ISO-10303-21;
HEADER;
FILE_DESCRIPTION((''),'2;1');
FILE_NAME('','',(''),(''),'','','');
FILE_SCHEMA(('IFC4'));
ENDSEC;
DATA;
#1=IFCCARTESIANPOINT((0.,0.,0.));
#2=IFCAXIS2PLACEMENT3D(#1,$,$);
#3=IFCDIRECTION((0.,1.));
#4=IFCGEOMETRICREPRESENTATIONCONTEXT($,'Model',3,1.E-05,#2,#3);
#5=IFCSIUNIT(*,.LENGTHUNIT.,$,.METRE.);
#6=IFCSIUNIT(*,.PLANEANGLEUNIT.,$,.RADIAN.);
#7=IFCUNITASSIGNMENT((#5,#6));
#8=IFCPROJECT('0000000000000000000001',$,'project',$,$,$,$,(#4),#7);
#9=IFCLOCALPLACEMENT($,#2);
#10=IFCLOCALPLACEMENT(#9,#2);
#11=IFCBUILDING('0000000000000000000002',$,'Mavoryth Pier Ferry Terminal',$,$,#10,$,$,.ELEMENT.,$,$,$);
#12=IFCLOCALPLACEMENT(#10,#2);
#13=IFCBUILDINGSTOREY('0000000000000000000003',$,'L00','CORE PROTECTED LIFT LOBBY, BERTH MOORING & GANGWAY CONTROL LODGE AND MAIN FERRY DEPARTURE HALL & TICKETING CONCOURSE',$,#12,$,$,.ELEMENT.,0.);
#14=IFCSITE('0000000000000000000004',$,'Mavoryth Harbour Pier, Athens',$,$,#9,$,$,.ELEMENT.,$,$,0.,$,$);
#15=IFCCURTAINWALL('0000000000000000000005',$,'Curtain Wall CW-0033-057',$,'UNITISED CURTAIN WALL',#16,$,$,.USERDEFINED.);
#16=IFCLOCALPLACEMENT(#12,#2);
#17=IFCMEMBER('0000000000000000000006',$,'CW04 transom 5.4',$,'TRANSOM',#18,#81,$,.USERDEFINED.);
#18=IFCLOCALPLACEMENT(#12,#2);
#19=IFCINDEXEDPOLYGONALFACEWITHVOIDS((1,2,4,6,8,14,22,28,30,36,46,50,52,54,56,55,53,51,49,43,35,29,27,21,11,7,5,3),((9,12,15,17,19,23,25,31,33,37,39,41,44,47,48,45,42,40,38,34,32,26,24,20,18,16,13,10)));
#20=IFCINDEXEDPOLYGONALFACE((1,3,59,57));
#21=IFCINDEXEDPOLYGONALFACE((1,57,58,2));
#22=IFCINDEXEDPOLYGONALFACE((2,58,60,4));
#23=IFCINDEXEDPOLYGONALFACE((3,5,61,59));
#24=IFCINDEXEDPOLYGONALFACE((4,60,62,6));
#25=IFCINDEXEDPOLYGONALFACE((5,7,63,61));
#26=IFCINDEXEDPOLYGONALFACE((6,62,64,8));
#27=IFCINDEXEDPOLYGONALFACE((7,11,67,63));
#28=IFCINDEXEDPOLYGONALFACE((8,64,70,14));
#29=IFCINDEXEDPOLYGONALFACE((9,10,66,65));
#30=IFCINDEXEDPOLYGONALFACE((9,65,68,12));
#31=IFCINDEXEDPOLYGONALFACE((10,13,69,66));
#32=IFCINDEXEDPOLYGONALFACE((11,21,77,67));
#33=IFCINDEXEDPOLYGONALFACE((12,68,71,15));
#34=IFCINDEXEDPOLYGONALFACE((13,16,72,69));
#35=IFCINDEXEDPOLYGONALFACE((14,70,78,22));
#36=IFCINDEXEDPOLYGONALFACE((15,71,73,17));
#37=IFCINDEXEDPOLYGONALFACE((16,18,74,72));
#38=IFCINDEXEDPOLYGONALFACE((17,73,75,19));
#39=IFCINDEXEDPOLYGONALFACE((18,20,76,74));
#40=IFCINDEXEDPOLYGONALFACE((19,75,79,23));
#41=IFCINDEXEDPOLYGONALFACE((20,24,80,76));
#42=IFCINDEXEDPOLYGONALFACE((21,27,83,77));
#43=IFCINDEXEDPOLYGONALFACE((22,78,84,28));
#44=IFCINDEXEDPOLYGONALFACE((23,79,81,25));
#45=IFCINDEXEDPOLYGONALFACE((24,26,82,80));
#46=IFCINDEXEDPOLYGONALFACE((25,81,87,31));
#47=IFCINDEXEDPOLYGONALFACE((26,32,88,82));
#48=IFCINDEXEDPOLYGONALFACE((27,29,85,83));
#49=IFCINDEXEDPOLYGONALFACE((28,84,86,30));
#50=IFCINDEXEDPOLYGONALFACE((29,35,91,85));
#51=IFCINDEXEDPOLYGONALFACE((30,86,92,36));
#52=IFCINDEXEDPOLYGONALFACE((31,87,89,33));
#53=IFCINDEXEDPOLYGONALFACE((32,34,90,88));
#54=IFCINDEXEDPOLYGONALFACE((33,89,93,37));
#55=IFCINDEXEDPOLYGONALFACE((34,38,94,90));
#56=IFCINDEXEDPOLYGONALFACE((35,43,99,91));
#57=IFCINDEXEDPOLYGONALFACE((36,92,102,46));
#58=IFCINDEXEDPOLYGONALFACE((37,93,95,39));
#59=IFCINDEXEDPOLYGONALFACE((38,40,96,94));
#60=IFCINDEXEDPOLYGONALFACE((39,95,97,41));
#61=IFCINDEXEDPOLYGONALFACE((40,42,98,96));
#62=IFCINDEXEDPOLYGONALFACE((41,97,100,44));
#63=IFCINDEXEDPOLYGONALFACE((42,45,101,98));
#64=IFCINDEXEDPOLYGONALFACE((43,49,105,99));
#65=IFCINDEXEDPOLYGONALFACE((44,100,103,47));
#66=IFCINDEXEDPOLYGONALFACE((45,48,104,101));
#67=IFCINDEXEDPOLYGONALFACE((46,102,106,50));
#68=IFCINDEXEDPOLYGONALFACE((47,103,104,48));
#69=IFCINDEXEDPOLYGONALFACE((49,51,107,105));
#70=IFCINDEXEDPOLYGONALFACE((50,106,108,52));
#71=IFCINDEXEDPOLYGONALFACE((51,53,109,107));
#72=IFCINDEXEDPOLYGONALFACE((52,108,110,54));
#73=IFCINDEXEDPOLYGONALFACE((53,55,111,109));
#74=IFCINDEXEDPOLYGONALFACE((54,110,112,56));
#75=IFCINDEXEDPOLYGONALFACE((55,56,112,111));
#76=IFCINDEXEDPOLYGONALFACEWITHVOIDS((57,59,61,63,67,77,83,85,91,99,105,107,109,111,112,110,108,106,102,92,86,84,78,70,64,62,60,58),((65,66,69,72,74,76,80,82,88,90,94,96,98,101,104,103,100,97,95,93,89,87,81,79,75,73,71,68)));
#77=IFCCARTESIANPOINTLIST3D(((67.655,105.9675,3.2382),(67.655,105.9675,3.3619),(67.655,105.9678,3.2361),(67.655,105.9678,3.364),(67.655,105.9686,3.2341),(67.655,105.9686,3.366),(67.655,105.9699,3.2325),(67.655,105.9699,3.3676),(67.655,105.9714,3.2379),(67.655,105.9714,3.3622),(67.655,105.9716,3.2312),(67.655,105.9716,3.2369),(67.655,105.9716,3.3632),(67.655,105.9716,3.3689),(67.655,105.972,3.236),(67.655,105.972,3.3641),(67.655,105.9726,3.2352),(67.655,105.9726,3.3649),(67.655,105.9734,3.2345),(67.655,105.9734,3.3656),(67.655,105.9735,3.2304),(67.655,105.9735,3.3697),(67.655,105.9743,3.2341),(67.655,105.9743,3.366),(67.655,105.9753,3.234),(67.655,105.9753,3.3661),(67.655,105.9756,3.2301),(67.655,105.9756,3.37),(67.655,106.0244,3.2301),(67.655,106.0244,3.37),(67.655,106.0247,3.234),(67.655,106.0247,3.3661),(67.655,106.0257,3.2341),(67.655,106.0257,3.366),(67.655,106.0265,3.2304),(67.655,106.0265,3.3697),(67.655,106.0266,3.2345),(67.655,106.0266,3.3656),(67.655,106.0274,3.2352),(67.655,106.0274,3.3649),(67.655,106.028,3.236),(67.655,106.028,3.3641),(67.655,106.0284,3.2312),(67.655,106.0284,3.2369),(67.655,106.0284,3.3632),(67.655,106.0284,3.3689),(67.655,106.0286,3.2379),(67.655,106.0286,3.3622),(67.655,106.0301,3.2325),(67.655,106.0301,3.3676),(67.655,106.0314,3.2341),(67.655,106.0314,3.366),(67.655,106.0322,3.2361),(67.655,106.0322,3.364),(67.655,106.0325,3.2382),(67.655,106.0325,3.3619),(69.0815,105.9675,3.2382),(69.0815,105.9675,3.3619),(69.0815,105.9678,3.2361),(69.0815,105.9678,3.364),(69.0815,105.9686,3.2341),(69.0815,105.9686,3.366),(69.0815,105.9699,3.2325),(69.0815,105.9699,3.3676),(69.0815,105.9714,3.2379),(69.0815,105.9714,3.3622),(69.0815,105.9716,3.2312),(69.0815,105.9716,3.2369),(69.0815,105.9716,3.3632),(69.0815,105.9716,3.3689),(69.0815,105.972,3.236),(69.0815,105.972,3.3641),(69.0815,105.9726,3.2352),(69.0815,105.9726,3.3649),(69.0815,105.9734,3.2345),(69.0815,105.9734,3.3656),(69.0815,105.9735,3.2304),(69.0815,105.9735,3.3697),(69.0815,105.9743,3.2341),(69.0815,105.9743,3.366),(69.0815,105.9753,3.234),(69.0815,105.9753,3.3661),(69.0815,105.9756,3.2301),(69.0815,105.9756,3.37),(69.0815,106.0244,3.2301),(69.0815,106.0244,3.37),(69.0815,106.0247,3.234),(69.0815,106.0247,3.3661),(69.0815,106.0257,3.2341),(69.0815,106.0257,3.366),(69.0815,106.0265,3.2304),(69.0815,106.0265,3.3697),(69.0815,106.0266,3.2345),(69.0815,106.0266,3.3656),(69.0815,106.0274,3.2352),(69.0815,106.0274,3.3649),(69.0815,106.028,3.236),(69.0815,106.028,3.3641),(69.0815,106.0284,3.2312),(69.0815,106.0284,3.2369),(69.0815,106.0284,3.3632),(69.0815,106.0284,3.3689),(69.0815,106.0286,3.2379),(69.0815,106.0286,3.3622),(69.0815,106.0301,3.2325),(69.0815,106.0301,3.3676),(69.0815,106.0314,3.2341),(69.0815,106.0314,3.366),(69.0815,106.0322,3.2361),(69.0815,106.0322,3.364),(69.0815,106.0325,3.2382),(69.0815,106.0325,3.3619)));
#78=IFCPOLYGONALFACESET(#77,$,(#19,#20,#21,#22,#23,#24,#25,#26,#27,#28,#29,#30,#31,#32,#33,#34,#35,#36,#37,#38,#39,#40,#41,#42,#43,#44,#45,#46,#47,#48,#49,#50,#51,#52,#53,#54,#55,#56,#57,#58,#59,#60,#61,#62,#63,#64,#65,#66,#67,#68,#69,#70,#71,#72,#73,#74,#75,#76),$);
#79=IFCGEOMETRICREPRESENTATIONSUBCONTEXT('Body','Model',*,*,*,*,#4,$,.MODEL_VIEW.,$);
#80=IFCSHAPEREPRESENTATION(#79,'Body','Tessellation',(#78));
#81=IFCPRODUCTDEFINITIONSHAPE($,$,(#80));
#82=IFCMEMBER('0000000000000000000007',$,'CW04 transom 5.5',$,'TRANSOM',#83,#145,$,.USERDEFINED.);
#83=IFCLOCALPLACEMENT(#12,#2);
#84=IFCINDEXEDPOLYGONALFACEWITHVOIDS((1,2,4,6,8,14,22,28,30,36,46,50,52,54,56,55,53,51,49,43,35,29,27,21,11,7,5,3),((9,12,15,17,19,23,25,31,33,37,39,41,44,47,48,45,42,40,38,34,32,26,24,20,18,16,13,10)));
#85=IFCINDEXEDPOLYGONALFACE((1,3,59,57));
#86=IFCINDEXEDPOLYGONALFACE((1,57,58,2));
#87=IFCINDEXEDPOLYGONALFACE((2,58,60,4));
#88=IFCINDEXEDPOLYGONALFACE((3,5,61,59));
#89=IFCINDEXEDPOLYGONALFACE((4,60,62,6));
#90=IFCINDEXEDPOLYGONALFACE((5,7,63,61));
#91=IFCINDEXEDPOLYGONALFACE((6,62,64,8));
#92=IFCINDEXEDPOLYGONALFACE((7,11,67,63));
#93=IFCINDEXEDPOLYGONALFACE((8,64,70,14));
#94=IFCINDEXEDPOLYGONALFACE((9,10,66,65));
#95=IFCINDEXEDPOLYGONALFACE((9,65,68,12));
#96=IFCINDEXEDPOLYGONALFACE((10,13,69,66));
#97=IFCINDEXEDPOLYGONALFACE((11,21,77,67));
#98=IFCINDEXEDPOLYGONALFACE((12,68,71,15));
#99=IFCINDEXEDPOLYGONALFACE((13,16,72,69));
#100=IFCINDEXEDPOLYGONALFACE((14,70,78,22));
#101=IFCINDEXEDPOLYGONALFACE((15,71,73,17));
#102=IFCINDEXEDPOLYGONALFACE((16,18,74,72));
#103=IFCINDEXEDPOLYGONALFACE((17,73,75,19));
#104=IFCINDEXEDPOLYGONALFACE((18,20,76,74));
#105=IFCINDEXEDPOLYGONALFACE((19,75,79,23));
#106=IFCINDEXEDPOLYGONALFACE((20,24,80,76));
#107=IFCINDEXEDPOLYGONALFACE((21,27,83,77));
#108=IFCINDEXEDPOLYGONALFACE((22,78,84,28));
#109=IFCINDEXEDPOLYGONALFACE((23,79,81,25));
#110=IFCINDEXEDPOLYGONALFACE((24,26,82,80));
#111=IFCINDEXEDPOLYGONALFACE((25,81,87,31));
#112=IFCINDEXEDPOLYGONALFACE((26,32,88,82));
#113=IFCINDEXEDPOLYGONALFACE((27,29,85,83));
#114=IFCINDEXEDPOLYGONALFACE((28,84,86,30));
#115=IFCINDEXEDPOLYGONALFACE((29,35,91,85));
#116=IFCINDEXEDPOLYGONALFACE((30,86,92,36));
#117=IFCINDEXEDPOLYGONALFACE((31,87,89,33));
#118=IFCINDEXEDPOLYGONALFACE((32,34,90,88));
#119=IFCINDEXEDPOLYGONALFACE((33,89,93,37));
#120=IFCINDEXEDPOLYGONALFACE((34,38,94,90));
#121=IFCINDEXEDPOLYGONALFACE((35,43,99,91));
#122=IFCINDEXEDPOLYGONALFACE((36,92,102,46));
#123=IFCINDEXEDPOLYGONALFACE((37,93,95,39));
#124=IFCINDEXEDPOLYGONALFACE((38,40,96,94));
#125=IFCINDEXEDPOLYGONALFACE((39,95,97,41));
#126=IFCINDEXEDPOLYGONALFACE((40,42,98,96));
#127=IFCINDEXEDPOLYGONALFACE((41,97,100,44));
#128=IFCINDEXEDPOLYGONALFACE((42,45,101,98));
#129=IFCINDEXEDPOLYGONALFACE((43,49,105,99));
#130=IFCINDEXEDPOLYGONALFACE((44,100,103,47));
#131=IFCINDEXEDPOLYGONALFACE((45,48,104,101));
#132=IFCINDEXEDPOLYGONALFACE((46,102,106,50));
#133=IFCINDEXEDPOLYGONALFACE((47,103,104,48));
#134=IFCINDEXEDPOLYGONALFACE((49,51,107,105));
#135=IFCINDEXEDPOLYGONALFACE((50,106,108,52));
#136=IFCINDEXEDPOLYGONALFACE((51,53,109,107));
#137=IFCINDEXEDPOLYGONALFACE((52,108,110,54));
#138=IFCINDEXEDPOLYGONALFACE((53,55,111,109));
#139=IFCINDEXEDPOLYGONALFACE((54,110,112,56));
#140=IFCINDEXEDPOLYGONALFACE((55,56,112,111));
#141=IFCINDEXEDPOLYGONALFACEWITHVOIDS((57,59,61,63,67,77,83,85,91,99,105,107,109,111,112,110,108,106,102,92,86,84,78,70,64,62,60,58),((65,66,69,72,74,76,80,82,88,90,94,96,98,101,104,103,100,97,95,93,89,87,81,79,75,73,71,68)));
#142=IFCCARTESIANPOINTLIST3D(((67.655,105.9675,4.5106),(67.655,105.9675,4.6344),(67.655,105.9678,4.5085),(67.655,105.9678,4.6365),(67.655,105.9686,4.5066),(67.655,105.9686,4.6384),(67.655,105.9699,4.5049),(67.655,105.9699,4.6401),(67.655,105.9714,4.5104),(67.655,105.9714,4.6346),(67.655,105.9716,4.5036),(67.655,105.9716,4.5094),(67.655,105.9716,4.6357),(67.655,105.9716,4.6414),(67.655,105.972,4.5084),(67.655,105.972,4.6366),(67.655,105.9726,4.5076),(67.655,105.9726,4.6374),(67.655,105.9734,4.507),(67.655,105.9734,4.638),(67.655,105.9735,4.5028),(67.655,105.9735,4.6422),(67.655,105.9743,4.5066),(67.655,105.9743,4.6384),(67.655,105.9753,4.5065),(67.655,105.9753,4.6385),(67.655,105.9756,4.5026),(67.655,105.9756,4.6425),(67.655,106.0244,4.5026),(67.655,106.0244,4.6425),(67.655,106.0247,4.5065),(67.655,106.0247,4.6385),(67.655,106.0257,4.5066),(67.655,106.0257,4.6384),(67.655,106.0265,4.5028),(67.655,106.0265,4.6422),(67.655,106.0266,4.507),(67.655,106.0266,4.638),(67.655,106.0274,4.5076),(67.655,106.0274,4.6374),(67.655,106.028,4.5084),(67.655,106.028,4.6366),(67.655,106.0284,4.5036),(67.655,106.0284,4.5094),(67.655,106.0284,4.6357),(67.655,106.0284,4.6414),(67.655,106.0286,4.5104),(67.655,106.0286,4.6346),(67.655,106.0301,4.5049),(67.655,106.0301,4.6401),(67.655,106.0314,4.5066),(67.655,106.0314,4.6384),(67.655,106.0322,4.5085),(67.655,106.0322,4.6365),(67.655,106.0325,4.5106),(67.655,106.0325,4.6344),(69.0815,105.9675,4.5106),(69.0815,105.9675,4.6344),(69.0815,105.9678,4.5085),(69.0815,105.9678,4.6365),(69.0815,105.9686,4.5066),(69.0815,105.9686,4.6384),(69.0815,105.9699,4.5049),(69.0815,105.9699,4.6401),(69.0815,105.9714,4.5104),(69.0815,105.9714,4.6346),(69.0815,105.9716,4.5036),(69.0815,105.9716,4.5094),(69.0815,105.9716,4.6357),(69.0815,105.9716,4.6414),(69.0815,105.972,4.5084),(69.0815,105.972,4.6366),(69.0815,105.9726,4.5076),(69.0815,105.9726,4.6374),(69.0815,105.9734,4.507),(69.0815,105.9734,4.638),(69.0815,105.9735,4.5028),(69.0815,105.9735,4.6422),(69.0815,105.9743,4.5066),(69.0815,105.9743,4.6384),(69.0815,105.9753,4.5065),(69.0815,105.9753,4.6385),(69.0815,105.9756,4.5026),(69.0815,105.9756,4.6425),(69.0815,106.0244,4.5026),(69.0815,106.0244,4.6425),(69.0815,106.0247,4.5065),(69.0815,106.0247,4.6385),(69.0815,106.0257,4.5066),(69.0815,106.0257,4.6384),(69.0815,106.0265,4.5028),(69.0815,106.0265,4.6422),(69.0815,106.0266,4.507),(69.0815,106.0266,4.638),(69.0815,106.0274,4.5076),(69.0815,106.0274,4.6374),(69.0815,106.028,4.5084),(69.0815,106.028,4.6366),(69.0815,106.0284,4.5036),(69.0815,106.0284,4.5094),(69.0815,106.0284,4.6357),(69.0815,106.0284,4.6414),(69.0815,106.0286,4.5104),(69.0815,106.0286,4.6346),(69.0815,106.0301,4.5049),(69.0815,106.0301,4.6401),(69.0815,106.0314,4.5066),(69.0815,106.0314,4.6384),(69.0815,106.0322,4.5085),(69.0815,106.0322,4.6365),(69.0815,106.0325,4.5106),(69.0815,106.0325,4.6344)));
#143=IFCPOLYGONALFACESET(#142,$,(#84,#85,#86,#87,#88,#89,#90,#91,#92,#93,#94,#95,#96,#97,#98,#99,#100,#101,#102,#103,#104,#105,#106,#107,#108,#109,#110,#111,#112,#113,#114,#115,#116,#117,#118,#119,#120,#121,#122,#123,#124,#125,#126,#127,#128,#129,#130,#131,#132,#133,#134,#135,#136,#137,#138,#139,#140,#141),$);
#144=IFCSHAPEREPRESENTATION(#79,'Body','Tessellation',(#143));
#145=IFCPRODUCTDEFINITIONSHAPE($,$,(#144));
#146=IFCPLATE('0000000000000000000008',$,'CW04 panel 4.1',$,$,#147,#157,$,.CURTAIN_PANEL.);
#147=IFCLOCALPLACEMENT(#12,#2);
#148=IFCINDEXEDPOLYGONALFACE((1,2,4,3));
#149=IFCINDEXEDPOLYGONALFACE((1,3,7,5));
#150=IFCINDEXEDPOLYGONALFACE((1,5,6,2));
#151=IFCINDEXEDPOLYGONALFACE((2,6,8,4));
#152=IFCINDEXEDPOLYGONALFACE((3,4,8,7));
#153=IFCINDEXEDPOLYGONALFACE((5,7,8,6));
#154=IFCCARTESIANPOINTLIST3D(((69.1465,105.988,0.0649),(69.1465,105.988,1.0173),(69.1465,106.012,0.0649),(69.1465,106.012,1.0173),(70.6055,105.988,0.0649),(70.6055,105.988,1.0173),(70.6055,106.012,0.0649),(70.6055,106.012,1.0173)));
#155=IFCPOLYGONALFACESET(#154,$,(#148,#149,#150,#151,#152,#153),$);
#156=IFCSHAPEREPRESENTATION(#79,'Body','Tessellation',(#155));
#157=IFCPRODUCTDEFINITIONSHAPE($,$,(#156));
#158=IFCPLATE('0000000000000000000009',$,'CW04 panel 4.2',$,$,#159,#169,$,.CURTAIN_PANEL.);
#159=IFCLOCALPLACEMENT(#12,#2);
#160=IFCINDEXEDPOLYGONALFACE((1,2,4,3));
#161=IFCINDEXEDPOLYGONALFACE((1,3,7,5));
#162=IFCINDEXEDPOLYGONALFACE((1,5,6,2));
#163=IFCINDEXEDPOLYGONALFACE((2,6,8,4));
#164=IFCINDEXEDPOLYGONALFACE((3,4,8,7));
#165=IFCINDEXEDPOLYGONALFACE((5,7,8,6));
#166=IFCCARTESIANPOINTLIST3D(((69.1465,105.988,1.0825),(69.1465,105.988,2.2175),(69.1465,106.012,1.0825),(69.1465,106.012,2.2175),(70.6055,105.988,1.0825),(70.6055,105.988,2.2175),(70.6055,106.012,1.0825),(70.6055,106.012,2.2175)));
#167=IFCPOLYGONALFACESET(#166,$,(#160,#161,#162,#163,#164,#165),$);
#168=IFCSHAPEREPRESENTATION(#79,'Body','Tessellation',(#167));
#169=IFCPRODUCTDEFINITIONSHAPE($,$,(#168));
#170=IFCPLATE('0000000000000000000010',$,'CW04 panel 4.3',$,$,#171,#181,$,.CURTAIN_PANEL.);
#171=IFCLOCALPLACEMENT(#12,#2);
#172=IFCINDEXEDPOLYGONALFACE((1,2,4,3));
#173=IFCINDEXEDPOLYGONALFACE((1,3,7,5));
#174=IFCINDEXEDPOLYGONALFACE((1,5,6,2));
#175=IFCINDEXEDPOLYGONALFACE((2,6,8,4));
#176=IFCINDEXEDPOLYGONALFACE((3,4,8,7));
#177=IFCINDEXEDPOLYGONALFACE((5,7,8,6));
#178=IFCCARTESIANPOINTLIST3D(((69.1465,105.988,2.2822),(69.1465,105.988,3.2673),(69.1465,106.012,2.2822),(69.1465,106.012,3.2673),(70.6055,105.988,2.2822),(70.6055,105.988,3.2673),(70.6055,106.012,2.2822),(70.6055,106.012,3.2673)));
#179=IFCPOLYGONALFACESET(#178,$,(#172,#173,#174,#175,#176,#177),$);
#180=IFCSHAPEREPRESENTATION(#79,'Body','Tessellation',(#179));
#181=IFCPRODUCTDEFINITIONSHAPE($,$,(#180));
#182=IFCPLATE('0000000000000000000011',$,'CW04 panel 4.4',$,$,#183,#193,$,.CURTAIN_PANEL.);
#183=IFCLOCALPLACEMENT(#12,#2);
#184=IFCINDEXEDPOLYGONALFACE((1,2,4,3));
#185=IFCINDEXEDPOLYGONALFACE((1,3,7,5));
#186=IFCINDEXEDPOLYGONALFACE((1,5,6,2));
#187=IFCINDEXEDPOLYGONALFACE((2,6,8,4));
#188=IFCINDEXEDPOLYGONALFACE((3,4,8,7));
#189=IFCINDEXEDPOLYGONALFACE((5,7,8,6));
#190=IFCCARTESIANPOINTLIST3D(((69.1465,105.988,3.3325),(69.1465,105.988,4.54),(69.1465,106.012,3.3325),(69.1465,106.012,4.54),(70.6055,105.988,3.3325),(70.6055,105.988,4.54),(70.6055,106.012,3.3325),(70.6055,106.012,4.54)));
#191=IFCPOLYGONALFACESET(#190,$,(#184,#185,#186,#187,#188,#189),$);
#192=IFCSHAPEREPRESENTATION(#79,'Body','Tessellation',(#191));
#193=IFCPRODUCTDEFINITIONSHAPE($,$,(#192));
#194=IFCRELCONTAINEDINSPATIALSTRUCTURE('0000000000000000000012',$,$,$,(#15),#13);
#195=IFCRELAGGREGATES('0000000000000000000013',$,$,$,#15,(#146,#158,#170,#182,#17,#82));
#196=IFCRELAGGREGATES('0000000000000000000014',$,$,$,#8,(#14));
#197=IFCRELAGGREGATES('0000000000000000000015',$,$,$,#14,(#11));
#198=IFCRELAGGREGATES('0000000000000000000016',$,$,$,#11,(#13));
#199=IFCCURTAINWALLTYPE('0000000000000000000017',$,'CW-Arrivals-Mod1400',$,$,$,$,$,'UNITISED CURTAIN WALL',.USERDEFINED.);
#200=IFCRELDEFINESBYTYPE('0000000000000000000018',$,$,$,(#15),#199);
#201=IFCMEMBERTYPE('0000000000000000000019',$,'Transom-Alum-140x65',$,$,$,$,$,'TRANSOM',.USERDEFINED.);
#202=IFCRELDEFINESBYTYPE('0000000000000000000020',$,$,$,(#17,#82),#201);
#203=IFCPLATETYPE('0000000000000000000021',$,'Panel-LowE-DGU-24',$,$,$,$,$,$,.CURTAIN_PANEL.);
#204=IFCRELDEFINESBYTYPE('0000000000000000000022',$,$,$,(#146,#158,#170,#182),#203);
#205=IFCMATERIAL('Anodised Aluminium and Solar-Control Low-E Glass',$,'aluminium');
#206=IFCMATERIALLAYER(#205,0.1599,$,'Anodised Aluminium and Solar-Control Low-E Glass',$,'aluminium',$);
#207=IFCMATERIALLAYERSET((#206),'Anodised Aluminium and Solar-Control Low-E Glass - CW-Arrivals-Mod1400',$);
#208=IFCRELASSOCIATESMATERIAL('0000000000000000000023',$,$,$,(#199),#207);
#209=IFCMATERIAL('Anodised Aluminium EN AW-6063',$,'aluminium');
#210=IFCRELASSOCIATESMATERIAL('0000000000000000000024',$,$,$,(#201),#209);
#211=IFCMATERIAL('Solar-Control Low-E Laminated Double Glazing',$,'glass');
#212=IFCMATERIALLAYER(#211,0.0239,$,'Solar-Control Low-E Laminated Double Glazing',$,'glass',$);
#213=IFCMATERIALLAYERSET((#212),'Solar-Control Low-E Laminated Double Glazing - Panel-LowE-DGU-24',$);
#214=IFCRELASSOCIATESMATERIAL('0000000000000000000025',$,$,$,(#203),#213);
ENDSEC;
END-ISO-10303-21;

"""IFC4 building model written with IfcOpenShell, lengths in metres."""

from ifc_helpers import new_model, si_unit, direction, frame, origin, origin_2d, place, context, subcontext, project, spatial, rectangle, hollow_rectangle, extrude, material, layer, layer_set, material_profile, profile_set, type_object, element, aggregate, save


model = new_model("IFC4")

# Units and contexts
model_context = context("Model", 3, precision=1e-05, world=origin(), true_north=direction((0.0, 1.0)))
body_context = subcontext(model_context, "Body", "Model", "MODEL_VIEW")
ifc_project = project(units=[si_unit("LENGTHUNIT", "METRE"), si_unit("PLANEANGLEUNIT", "RADIAN")], contexts=[model_context])

# Site, building, storey
site_placement = place(None, origin())
site = spatial("IfcSite", under=ifc_project, at=site_placement, Name="Mavoryth Harbour Pier, Athens", CompositionType="ELEMENT", RefElevation=0.0)
building_placement = place(site_placement, origin())
building = spatial("IfcBuilding", under=site, at=building_placement, Name="Mavoryth Pier Ferry Terminal", CompositionType="ELEMENT")
storey_placement = place(building_placement, origin())
storey = spatial("IfcBuildingStorey", under=building, at=storey_placement, Name="L00", Description="CORE PROTECTED LIFT LOBBY, BERTH MOORING & GANGWAY CONTROL LODGE AND MAIN FERRY DEPARTURE HALL & TICKETING CONCOURSE", CompositionType="ELEMENT", Elevation=0.0)

# Curtain wall, members, plates
ifc_material_1 = material(Name="Anodised Aluminium and Solar-Control Low-E Glass", Category="aluminium")
ifc_layer_1 = layer(ifc_material_1, 0.1599, Name="Anodised Aluminium and Solar-Control Low-E Glass", Category="aluminium")
ifc_layer_set_1 = layer_set([ifc_layer_1], Name="Anodised Aluminium and Solar-Control Low-E Glass - CW-Arrivals-Mod1400")
curtain_wall_type = type_object("IfcCurtainWallType", Name="CW-Arrivals-Mod1400", ElementType="UNITISED CURTAIN WALL", PredefinedType="USERDEFINED", material=ifc_layer_set_1)
curtain_wall_placement = place(storey_placement, origin())
curtain_wall = element("IfcCurtainWall", 1, at=curtain_wall_placement, inside=storey, type_object=curtain_wall_type, Name="Curtain Wall CW-0033-057", ObjectType="UNITISED CURTAIN WALL", PredefinedType="USERDEFINED")
ifc_material_2 = material(Name="Anodised Aluminium EN AW-6063", Category="aluminium")
ifc_material_profile_1 = material_profile(ifc_material_2, hollow_rectangle(XDim=0.0649, YDim=0.1399, WallThickness=0.0039, InnerFilletRadius=0.0039, OuterFilletRadius=0.0081, at=origin_2d()), Name="AL-TRAN 140x65x4", Category="aluminium")
ifc_profile_set_1 = profile_set([ifc_material_profile_1], Name="Anodised Aluminium EN AW-6063 - AL-TRAN 140x65x4")
member_type_1 = type_object("IfcMemberType", Name="Transom-Alum-140x65", ElementType="TRANSOM", PredefinedType="USERDEFINED", material=ifc_profile_set_1)
member_1_placement = place(storey_placement, frame((69.0815, 106.0, 3.3), z_axis=(-1.0, 0.0, 0.0), x_axis=(0.0, -1.0, 0.0)))
member_1 = element("IfcMember", 2, at=member_1_placement, type_object=member_type_1, Name="CW04 transom 5.4", ObjectType="TRANSOM", PredefinedType="USERDEFINED", context=body_context, shape_type="SweptSolid", body=[
    extrude(hollow_rectangle(XDim=0.0649, YDim=0.1399, WallThickness=0.0039, InnerFilletRadius=0.0039, OuterFilletRadius=0.0081, at=origin_2d()), origin(), (0.0, 0.0, 1.0), 1.4265),
])
member_2_placement = place(storey_placement, frame((69.0815, 106.0, 4.5725), z_axis=(-1.0, 0.0, 0.0), x_axis=(0.0, -1.0, 0.0)))
member_2 = element("IfcMember", 3, at=member_2_placement, type_object=member_type_1, Name="CW04 transom 5.5", ObjectType="TRANSOM", PredefinedType="USERDEFINED", context=body_context, shape_type="SweptSolid", body=[
    extrude(hollow_rectangle(XDim=0.0649, YDim=0.1399, WallThickness=0.0039, InnerFilletRadius=0.0039, OuterFilletRadius=0.0081, at=origin_2d()), origin(), (0.0, 0.0, 1.0), 1.4265),
])
ifc_material_3 = material(Name="Solar-Control Low-E Laminated Double Glazing", Category="glass")
ifc_layer_2 = layer(ifc_material_3, 0.0239, Name="Solar-Control Low-E Laminated Double Glazing", Category="glass")
ifc_layer_set_2 = layer_set([ifc_layer_2], Name="Solar-Control Low-E Laminated Double Glazing - Panel-LowE-DGU-24")
plate_type = type_object("IfcPlateType", Name="Panel-LowE-DGU-24", PredefinedType="CURTAIN_PANEL", material=ifc_layer_set_2)
plate_1_placement = place(storey_placement, frame((69.876, 106.0, 0.0649), z_axis=(0.0, 0.0, 1.0), x_axis=(-1.0, 0.0, 0.0)))
plate_1 = element("IfcPlate", 4, at=plate_1_placement, type_object=plate_type, Name="CW04 panel 4.1", PredefinedType="CURTAIN_PANEL", context=body_context, shape_type="SweptSolid", body=[
    extrude(rectangle(XDim=1.459, YDim=0.0239, at=origin_2d()), origin(), (0.0, 0.0, 1.0), 0.9524),
])
plate_2_placement = place(storey_placement, frame((69.876, 106.0, 1.0825), z_axis=(0.0, 0.0, 1.0), x_axis=(-1.0, 0.0, 0.0)))
plate_2 = element("IfcPlate", 5, at=plate_2_placement, type_object=plate_type, Name="CW04 panel 4.2", PredefinedType="CURTAIN_PANEL", context=body_context, shape_type="SweptSolid", body=[
    extrude(rectangle(XDim=1.459, YDim=0.0239, at=origin_2d()), origin(), (0.0, 0.0, 1.0), 1.135),
])
plate_3_placement = place(storey_placement, frame((69.876, 106.0, 2.2822), z_axis=(0.0, 0.0, 1.0), x_axis=(-1.0, 0.0, 0.0)))
plate_3 = element("IfcPlate", 6, at=plate_3_placement, type_object=plate_type, Name="CW04 panel 4.3", PredefinedType="CURTAIN_PANEL", context=body_context, shape_type="SweptSolid", body=[
    extrude(rectangle(XDim=1.459, YDim=0.0239, at=origin_2d()), origin(), (0.0, 0.0, 1.0), 0.9851),
])
plate_4_placement = place(storey_placement, frame((69.876, 106.0, 3.3325), z_axis=(0.0, 0.0, 1.0), x_axis=(-1.0, 0.0, 0.0)))
plate_4 = element("IfcPlate", 7, at=plate_4_placement, type_object=plate_type, Name="CW04 panel 4.4", PredefinedType="CURTAIN_PANEL", context=body_context, shape_type="SweptSolid", body=[
    extrude(rectangle(XDim=1.459, YDim=0.0239, at=origin_2d()), origin(), (0.0, 0.0, 1.0), 1.2075),
])
aggregate(curtain_wall, [plate_1, plate_2, plate_3, plate_4, member_1, member_2])

save(model, "model.ifc")
